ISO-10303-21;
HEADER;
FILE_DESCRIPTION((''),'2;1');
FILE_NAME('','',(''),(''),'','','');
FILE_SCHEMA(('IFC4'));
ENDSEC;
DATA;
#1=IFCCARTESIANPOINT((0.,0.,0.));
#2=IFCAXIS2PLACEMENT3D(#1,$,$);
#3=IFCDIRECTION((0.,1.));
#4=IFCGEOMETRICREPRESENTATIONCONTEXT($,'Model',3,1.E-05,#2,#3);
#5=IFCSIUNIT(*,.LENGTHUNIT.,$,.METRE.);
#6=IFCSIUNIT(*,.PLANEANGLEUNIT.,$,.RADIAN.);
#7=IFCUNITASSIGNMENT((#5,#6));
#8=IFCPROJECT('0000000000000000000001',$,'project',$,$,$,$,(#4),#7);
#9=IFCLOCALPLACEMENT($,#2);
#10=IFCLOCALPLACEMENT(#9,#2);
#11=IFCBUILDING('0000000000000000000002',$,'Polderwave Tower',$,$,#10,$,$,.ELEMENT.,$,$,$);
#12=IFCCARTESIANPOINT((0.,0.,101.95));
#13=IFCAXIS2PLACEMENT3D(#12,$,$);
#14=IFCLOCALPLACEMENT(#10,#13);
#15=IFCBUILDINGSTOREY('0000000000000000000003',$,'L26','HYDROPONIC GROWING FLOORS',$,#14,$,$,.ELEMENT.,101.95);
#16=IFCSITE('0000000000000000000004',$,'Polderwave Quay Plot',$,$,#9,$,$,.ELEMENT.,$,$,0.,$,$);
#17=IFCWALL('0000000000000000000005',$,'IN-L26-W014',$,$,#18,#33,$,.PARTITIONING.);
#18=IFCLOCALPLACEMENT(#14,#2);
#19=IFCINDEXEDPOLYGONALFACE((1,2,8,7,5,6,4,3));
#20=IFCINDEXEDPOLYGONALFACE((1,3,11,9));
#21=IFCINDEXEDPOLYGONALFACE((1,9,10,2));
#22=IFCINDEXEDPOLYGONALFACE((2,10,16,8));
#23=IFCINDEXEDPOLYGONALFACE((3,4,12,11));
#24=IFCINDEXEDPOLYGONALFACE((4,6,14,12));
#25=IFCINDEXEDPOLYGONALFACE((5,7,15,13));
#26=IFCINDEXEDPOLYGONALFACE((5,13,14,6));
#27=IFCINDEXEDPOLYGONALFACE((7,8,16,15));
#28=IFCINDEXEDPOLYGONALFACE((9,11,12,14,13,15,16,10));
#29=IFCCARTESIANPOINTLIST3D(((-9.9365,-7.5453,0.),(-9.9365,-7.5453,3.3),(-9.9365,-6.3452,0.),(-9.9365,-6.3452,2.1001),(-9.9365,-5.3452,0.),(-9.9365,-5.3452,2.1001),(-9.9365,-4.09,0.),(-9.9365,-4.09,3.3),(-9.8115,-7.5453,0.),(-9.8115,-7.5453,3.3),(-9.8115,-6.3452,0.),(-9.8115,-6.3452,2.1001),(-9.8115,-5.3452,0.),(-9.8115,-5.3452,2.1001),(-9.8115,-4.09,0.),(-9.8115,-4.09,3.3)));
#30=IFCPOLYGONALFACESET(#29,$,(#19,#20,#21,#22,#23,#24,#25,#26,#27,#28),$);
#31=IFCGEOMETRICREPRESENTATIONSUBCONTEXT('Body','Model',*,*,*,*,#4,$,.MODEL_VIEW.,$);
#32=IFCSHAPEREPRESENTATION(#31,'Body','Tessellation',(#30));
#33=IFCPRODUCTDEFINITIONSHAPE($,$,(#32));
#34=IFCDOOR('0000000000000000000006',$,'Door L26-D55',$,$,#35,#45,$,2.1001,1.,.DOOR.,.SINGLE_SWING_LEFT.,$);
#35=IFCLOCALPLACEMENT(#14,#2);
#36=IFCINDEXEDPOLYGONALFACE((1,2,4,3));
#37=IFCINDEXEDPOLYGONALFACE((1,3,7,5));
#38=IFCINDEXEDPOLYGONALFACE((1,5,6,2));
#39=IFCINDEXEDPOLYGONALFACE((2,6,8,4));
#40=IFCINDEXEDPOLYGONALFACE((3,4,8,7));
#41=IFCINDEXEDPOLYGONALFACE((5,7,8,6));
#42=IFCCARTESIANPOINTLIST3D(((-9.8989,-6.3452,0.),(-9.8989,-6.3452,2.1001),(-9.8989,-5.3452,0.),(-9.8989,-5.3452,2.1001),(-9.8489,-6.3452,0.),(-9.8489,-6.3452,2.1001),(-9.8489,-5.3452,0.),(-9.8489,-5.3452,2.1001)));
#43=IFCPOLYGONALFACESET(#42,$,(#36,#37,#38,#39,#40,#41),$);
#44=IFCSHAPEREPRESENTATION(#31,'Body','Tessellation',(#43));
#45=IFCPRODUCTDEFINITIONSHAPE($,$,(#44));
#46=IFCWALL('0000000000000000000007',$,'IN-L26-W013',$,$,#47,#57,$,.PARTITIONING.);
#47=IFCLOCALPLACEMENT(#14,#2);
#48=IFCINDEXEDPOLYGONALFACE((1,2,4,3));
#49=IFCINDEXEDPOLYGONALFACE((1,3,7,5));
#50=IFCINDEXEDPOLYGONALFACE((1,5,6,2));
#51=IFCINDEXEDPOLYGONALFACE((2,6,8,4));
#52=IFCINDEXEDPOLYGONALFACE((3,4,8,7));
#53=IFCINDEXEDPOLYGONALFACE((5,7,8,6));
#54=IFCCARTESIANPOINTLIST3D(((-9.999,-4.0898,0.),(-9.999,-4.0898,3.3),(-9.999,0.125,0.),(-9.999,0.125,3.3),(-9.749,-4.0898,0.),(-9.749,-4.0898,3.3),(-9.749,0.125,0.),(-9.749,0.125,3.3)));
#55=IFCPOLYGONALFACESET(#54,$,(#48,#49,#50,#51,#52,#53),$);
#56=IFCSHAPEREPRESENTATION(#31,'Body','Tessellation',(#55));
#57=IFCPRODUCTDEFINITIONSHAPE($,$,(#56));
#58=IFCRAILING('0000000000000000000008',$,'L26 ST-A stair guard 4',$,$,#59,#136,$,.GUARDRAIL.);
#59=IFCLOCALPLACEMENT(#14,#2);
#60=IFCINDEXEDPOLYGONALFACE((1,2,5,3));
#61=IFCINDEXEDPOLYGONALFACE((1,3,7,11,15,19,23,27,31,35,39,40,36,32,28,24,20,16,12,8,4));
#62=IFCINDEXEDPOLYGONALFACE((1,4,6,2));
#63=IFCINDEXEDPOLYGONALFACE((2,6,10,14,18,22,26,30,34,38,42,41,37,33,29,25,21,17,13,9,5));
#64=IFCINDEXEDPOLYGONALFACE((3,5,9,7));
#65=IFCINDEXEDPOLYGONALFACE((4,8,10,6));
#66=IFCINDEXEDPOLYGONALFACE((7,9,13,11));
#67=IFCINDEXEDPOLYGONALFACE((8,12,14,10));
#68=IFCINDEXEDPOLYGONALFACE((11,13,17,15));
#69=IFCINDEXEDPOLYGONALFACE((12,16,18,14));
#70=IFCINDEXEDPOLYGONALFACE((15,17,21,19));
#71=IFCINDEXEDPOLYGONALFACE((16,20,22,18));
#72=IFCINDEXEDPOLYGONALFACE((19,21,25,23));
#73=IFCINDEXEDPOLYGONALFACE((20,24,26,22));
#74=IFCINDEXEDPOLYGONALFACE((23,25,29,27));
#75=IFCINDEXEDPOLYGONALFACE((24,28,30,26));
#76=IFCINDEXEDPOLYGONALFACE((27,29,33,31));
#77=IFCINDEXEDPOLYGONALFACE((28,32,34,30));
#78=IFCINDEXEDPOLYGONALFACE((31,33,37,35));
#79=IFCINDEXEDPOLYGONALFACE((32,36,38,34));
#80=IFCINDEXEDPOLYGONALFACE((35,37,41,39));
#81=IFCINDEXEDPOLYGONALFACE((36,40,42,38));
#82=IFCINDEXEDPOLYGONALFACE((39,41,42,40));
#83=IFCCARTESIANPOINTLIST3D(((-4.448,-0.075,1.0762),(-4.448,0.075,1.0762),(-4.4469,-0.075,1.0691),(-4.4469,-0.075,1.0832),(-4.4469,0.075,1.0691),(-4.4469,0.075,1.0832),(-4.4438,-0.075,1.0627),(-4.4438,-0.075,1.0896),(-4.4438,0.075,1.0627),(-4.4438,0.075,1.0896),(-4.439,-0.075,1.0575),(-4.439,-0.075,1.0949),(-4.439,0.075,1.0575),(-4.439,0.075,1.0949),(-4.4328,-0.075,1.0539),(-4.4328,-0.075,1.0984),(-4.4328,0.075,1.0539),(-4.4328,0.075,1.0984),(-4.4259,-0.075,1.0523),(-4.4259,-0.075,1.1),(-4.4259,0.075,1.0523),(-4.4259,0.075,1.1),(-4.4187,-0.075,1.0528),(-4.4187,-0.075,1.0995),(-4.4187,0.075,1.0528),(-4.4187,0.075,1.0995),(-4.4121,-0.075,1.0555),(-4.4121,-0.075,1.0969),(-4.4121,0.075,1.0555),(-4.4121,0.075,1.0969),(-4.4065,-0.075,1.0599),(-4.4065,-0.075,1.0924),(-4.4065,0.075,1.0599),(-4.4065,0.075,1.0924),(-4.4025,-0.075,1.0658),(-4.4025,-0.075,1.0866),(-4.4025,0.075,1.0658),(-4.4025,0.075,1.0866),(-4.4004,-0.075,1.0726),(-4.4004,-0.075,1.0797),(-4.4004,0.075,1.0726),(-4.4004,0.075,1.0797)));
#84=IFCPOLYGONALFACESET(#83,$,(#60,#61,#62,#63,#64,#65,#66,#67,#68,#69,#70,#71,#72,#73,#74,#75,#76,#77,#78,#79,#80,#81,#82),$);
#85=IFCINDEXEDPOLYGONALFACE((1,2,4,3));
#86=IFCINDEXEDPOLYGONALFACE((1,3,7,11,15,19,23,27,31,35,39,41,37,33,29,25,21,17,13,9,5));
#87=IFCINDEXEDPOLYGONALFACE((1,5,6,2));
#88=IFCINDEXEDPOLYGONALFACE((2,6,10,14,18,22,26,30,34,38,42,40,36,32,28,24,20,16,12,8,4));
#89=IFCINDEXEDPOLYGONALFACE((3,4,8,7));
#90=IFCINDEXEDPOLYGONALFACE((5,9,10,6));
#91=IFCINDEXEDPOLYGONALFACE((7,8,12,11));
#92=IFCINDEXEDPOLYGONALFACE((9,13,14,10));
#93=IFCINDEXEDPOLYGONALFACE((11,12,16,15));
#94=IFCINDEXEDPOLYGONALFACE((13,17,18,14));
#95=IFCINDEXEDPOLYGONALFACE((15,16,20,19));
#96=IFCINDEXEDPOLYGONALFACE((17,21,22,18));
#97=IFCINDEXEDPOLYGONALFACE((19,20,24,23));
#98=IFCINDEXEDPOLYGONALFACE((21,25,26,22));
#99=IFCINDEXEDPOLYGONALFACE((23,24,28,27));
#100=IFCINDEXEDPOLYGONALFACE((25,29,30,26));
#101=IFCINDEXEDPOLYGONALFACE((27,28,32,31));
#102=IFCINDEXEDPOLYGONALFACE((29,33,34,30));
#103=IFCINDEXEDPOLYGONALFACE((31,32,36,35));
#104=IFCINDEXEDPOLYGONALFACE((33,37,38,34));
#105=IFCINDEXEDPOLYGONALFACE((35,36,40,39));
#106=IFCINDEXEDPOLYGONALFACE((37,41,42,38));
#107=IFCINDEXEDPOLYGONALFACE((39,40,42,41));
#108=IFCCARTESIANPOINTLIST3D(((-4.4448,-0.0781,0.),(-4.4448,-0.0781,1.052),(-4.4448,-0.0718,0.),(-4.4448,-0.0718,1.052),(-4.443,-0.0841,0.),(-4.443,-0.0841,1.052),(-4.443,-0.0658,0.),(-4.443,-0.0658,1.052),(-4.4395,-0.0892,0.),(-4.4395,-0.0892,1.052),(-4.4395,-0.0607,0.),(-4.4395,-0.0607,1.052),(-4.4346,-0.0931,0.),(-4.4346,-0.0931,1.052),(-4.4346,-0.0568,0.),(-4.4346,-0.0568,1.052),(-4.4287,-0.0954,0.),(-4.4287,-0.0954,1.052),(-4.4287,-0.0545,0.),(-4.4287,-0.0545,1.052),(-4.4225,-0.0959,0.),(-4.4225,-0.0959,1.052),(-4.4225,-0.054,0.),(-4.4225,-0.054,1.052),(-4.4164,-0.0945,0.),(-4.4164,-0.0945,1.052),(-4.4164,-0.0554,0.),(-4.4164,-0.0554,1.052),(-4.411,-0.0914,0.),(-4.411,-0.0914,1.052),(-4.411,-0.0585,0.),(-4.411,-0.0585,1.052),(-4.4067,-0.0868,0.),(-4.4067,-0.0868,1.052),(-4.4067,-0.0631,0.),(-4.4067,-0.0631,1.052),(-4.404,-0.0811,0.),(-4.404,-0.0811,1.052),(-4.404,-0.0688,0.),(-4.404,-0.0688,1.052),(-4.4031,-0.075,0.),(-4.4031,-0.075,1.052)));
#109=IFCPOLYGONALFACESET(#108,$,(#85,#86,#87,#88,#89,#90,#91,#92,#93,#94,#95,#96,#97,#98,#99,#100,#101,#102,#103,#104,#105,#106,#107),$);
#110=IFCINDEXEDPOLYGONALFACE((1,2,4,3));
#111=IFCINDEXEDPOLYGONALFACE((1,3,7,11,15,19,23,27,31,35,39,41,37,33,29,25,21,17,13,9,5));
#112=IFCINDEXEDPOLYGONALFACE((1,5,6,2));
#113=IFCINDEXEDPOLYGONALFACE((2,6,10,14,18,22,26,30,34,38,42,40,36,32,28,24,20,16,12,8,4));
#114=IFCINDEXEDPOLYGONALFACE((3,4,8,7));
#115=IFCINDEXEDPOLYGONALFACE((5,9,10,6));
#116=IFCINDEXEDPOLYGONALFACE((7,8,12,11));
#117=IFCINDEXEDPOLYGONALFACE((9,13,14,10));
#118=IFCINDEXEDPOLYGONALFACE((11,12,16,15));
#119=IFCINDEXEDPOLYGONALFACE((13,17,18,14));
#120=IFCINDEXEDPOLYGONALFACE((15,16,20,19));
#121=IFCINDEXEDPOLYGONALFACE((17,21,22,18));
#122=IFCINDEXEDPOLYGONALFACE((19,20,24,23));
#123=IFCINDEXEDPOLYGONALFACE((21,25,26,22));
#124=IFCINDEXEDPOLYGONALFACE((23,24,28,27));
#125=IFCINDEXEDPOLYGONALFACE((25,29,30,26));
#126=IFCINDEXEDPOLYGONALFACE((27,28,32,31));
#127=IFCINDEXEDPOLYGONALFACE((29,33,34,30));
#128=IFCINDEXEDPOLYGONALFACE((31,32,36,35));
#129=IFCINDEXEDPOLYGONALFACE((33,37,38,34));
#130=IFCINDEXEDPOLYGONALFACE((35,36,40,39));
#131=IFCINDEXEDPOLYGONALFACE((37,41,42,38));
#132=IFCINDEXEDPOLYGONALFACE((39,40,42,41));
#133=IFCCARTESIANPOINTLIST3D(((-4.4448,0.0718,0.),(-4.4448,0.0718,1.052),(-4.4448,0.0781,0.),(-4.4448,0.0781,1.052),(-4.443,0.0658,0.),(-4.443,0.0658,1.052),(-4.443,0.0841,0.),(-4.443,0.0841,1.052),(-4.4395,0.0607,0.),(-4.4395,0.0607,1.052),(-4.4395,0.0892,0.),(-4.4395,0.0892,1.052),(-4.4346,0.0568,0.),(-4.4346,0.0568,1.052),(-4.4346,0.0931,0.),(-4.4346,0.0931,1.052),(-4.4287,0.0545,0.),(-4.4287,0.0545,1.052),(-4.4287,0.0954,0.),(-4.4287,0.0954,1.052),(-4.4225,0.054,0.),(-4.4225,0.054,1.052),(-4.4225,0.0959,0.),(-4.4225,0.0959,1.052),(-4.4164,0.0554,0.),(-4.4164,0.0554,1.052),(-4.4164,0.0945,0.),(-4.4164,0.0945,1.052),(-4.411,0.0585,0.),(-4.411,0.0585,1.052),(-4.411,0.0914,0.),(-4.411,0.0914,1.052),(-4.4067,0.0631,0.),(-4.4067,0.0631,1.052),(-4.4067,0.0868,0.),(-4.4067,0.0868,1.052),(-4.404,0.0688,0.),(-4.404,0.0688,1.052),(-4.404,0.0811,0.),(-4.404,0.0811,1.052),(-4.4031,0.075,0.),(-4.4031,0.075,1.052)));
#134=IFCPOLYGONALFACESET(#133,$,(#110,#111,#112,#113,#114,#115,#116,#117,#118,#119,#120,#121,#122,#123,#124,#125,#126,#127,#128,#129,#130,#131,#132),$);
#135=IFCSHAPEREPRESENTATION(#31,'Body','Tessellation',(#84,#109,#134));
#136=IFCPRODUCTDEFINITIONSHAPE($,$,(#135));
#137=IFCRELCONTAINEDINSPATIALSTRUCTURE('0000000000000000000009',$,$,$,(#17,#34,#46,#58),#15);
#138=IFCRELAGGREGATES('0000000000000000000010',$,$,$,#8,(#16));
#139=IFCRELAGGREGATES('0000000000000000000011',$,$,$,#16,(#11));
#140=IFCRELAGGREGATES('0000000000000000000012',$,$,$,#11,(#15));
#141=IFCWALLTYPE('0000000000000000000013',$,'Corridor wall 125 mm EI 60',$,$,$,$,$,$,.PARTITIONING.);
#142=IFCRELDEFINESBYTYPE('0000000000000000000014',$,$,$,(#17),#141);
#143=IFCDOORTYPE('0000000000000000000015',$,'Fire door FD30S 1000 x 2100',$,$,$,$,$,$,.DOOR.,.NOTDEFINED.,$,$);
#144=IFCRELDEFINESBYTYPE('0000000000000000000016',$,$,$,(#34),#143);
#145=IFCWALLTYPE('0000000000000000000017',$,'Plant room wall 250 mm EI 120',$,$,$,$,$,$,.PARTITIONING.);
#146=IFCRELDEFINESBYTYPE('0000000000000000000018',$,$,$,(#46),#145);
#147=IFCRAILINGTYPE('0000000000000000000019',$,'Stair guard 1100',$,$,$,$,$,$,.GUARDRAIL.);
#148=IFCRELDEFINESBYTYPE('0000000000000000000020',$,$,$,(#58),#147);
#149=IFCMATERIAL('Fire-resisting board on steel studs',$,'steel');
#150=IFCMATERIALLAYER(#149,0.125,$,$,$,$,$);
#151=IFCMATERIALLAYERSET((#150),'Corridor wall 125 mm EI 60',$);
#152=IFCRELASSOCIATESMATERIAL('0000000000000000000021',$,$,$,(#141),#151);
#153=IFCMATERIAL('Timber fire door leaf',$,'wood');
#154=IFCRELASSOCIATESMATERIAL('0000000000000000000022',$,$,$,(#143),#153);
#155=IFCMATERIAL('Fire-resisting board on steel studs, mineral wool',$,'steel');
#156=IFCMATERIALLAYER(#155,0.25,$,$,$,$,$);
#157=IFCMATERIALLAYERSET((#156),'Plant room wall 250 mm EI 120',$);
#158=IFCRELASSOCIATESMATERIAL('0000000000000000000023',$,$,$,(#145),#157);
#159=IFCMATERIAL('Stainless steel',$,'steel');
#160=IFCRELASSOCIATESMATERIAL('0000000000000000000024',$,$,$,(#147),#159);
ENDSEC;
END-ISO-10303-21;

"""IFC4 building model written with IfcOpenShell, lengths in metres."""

from ifc_helpers import new_model, si_unit, direction, frame, frame_2d, origin, origin_2d, place, context, subcontext, project, spatial, rectangle, circle, extrude, material, layer, layer_set, type_object, element, fill, save


model = new_model("IFC4")

# Units and contexts
model_context = context("Model", 3, precision=1e-05, world=origin(), true_north=direction((0.0, 1.0)))
body_context = subcontext(model_context, "Body", "Model", "MODEL_VIEW")
ifc_project = project(units=[si_unit("LENGTHUNIT", "METRE"), si_unit("PLANEANGLEUNIT", "RADIAN")], contexts=[model_context])

# Site, building, storey
site_placement = place(None, origin())
site = spatial("IfcSite", under=ifc_project, at=site_placement, Name="Polderwave Quay Plot", CompositionType="ELEMENT", RefElevation=0.0)
building_placement = place(site_placement, origin())
building = spatial("IfcBuilding", under=site, at=building_placement, Name="Polderwave Tower", CompositionType="ELEMENT")
storey_placement = place(building_placement, frame((0.0, 0.0, 101.95)))
storey = spatial("IfcBuildingStorey", under=building, at=storey_placement, Name="L26", Description="HYDROPONIC GROWING FLOORS", CompositionType="ELEMENT", Elevation=101.95)

# Shared definitions
ifc_material_1 = material(Name="Stainless steel", Category="steel")

# Wall, opening, door
ifc_material_2 = material(Name="Fire-resisting board on steel studs", Category="steel")
ifc_layer_1 = layer(ifc_material_2, 0.125)
ifc_layer_set_1 = layer_set([ifc_layer_1], Name="Corridor wall 125 mm EI 60")
wall_type_1 = type_object("IfcWallType", Name="Corridor wall 125 mm EI 60", PredefinedType="PARTITIONING", material=ifc_layer_set_1)
wall_1_placement = place(storey_placement, frame((-9.874, -7.5452, 0.0), z_axis=(0.0, 0.0, 1.0), x_axis=(0.0, 1.0, 0.0)))
wall_1 = element("IfcWall", 1, at=wall_1_placement, inside=storey, type_object=wall_type_1, Name="IN-L26-W014", PredefinedType="PARTITIONING", context=body_context, shape_type="SweptSolid", body=[
    extrude(rectangle(XDim=3.4553, YDim=0.125, at=frame_2d((1.7275, 0.0))), origin(), (0.0, 0.0, 1.0), 3.3),
])
opening_1_placement = place(wall_1_placement, frame((1.2, 0.0, 0.0)))
opening_1 = element("IfcOpeningElement", 2, at=opening_1_placement, cuts=wall_1, PredefinedType="OPENING", context=body_context, shape_type="SweptSolid", body=[
    extrude(rectangle(XDim=1.0, YDim=2.1001, at=frame_2d((0.5, 1.05))), frame((0.0, 0.0725, 0.0), z_axis=(0.0, -1.0, 0.0), x_axis=(1.0, 0.0, 0.0)), (0.0, 0.0, 1.0), 0.145),
])
ifc_material_3 = material(Name="Timber fire door leaf", Category="wood")
door_type_1 = type_object("IfcDoorType", Name="Fire door FD30S 1000 x 2100", OperationType="NOTDEFINED", PredefinedType="DOOR", material=ifc_material_3)
door_1_placement = place(opening_1_placement, origin())
door_1 = element("IfcDoor", 3, at=door_1_placement, inside=storey, type_object=door_type_1, Name="Door L26-D55", OperationType="SINGLE_SWING_LEFT", OverallHeight=2.1001, OverallWidth=1.0, PredefinedType="DOOR", context=body_context, shape_type="SweptSolid", body=[
    extrude(rectangle(XDim=1.0, YDim=2.1001, at=frame_2d((0.5, 1.05))), frame((0.0, 0.0249, 0.0), z_axis=(0.0, -1.0, 0.0), x_axis=(1.0, 0.0, 0.0)), (0.0, 0.0, 1.0), 0.05),
])
fill(opening_1, door_1)

# Wall
ifc_material_4 = material(Name="Fire-resisting board on steel studs, mineral wool", Category="steel")
ifc_layer_2 = layer(ifc_material_4, 0.25)
ifc_layer_set_2 = layer_set([ifc_layer_2], Name="Plant room wall 250 mm EI 120")
wall_type_2 = type_object("IfcWallType", Name="Plant room wall 250 mm EI 120", PredefinedType="PARTITIONING", material=ifc_layer_set_2)
wall_2_placement = place(storey_placement, frame((-9.874, -4.0898, 0.0), z_axis=(0.0, 0.0, 1.0), x_axis=(0.0, 1.0, 0.0)))
element("IfcWall", 4, at=wall_2_placement, inside=storey, type_object=wall_type_2, Name="IN-L26-W013", PredefinedType="PARTITIONING", context=body_context, shape_type="SweptSolid", body=[
    extrude(rectangle(XDim=4.2148, YDim=0.25, at=frame_2d((2.1074, 0.0))), origin(), (0.0, 0.0, 1.0), 3.3),
])

# Railing
railing_type = type_object("IfcRailingType", Name="Stair guard 1100", PredefinedType="GUARDRAIL", material=ifc_material_1)
railing_placement = place(storey_placement, frame((-4.4241, -0.075, 0.0)))
element("IfcRailing", 5, at=railing_placement, inside=storey, type_object=railing_type, Name="L26 ST-A stair guard 4", PredefinedType="GUARDRAIL", context=body_context, shape_type="SweptSolid", body=[
    extrude(circle(Radius=0.0239, at=origin_2d()), frame((0.0, 0.0, 1.0762), z_axis=(0.0, 1.0, 0.0), x_axis=(-1.0, 0.0, 0.0)), (0.0, 0.0, 1.0), 0.1499),
    extrude(circle(Radius=0.021, at=origin_2d()), origin(), (0.0, 0.0, 1.0), 1.052),
    extrude(circle(Radius=0.021, at=origin_2d()), frame((0.0, 0.1499, 0.0)), (0.0, 0.0, 1.0), 1.052),
])

save(model, "model.ifc")
